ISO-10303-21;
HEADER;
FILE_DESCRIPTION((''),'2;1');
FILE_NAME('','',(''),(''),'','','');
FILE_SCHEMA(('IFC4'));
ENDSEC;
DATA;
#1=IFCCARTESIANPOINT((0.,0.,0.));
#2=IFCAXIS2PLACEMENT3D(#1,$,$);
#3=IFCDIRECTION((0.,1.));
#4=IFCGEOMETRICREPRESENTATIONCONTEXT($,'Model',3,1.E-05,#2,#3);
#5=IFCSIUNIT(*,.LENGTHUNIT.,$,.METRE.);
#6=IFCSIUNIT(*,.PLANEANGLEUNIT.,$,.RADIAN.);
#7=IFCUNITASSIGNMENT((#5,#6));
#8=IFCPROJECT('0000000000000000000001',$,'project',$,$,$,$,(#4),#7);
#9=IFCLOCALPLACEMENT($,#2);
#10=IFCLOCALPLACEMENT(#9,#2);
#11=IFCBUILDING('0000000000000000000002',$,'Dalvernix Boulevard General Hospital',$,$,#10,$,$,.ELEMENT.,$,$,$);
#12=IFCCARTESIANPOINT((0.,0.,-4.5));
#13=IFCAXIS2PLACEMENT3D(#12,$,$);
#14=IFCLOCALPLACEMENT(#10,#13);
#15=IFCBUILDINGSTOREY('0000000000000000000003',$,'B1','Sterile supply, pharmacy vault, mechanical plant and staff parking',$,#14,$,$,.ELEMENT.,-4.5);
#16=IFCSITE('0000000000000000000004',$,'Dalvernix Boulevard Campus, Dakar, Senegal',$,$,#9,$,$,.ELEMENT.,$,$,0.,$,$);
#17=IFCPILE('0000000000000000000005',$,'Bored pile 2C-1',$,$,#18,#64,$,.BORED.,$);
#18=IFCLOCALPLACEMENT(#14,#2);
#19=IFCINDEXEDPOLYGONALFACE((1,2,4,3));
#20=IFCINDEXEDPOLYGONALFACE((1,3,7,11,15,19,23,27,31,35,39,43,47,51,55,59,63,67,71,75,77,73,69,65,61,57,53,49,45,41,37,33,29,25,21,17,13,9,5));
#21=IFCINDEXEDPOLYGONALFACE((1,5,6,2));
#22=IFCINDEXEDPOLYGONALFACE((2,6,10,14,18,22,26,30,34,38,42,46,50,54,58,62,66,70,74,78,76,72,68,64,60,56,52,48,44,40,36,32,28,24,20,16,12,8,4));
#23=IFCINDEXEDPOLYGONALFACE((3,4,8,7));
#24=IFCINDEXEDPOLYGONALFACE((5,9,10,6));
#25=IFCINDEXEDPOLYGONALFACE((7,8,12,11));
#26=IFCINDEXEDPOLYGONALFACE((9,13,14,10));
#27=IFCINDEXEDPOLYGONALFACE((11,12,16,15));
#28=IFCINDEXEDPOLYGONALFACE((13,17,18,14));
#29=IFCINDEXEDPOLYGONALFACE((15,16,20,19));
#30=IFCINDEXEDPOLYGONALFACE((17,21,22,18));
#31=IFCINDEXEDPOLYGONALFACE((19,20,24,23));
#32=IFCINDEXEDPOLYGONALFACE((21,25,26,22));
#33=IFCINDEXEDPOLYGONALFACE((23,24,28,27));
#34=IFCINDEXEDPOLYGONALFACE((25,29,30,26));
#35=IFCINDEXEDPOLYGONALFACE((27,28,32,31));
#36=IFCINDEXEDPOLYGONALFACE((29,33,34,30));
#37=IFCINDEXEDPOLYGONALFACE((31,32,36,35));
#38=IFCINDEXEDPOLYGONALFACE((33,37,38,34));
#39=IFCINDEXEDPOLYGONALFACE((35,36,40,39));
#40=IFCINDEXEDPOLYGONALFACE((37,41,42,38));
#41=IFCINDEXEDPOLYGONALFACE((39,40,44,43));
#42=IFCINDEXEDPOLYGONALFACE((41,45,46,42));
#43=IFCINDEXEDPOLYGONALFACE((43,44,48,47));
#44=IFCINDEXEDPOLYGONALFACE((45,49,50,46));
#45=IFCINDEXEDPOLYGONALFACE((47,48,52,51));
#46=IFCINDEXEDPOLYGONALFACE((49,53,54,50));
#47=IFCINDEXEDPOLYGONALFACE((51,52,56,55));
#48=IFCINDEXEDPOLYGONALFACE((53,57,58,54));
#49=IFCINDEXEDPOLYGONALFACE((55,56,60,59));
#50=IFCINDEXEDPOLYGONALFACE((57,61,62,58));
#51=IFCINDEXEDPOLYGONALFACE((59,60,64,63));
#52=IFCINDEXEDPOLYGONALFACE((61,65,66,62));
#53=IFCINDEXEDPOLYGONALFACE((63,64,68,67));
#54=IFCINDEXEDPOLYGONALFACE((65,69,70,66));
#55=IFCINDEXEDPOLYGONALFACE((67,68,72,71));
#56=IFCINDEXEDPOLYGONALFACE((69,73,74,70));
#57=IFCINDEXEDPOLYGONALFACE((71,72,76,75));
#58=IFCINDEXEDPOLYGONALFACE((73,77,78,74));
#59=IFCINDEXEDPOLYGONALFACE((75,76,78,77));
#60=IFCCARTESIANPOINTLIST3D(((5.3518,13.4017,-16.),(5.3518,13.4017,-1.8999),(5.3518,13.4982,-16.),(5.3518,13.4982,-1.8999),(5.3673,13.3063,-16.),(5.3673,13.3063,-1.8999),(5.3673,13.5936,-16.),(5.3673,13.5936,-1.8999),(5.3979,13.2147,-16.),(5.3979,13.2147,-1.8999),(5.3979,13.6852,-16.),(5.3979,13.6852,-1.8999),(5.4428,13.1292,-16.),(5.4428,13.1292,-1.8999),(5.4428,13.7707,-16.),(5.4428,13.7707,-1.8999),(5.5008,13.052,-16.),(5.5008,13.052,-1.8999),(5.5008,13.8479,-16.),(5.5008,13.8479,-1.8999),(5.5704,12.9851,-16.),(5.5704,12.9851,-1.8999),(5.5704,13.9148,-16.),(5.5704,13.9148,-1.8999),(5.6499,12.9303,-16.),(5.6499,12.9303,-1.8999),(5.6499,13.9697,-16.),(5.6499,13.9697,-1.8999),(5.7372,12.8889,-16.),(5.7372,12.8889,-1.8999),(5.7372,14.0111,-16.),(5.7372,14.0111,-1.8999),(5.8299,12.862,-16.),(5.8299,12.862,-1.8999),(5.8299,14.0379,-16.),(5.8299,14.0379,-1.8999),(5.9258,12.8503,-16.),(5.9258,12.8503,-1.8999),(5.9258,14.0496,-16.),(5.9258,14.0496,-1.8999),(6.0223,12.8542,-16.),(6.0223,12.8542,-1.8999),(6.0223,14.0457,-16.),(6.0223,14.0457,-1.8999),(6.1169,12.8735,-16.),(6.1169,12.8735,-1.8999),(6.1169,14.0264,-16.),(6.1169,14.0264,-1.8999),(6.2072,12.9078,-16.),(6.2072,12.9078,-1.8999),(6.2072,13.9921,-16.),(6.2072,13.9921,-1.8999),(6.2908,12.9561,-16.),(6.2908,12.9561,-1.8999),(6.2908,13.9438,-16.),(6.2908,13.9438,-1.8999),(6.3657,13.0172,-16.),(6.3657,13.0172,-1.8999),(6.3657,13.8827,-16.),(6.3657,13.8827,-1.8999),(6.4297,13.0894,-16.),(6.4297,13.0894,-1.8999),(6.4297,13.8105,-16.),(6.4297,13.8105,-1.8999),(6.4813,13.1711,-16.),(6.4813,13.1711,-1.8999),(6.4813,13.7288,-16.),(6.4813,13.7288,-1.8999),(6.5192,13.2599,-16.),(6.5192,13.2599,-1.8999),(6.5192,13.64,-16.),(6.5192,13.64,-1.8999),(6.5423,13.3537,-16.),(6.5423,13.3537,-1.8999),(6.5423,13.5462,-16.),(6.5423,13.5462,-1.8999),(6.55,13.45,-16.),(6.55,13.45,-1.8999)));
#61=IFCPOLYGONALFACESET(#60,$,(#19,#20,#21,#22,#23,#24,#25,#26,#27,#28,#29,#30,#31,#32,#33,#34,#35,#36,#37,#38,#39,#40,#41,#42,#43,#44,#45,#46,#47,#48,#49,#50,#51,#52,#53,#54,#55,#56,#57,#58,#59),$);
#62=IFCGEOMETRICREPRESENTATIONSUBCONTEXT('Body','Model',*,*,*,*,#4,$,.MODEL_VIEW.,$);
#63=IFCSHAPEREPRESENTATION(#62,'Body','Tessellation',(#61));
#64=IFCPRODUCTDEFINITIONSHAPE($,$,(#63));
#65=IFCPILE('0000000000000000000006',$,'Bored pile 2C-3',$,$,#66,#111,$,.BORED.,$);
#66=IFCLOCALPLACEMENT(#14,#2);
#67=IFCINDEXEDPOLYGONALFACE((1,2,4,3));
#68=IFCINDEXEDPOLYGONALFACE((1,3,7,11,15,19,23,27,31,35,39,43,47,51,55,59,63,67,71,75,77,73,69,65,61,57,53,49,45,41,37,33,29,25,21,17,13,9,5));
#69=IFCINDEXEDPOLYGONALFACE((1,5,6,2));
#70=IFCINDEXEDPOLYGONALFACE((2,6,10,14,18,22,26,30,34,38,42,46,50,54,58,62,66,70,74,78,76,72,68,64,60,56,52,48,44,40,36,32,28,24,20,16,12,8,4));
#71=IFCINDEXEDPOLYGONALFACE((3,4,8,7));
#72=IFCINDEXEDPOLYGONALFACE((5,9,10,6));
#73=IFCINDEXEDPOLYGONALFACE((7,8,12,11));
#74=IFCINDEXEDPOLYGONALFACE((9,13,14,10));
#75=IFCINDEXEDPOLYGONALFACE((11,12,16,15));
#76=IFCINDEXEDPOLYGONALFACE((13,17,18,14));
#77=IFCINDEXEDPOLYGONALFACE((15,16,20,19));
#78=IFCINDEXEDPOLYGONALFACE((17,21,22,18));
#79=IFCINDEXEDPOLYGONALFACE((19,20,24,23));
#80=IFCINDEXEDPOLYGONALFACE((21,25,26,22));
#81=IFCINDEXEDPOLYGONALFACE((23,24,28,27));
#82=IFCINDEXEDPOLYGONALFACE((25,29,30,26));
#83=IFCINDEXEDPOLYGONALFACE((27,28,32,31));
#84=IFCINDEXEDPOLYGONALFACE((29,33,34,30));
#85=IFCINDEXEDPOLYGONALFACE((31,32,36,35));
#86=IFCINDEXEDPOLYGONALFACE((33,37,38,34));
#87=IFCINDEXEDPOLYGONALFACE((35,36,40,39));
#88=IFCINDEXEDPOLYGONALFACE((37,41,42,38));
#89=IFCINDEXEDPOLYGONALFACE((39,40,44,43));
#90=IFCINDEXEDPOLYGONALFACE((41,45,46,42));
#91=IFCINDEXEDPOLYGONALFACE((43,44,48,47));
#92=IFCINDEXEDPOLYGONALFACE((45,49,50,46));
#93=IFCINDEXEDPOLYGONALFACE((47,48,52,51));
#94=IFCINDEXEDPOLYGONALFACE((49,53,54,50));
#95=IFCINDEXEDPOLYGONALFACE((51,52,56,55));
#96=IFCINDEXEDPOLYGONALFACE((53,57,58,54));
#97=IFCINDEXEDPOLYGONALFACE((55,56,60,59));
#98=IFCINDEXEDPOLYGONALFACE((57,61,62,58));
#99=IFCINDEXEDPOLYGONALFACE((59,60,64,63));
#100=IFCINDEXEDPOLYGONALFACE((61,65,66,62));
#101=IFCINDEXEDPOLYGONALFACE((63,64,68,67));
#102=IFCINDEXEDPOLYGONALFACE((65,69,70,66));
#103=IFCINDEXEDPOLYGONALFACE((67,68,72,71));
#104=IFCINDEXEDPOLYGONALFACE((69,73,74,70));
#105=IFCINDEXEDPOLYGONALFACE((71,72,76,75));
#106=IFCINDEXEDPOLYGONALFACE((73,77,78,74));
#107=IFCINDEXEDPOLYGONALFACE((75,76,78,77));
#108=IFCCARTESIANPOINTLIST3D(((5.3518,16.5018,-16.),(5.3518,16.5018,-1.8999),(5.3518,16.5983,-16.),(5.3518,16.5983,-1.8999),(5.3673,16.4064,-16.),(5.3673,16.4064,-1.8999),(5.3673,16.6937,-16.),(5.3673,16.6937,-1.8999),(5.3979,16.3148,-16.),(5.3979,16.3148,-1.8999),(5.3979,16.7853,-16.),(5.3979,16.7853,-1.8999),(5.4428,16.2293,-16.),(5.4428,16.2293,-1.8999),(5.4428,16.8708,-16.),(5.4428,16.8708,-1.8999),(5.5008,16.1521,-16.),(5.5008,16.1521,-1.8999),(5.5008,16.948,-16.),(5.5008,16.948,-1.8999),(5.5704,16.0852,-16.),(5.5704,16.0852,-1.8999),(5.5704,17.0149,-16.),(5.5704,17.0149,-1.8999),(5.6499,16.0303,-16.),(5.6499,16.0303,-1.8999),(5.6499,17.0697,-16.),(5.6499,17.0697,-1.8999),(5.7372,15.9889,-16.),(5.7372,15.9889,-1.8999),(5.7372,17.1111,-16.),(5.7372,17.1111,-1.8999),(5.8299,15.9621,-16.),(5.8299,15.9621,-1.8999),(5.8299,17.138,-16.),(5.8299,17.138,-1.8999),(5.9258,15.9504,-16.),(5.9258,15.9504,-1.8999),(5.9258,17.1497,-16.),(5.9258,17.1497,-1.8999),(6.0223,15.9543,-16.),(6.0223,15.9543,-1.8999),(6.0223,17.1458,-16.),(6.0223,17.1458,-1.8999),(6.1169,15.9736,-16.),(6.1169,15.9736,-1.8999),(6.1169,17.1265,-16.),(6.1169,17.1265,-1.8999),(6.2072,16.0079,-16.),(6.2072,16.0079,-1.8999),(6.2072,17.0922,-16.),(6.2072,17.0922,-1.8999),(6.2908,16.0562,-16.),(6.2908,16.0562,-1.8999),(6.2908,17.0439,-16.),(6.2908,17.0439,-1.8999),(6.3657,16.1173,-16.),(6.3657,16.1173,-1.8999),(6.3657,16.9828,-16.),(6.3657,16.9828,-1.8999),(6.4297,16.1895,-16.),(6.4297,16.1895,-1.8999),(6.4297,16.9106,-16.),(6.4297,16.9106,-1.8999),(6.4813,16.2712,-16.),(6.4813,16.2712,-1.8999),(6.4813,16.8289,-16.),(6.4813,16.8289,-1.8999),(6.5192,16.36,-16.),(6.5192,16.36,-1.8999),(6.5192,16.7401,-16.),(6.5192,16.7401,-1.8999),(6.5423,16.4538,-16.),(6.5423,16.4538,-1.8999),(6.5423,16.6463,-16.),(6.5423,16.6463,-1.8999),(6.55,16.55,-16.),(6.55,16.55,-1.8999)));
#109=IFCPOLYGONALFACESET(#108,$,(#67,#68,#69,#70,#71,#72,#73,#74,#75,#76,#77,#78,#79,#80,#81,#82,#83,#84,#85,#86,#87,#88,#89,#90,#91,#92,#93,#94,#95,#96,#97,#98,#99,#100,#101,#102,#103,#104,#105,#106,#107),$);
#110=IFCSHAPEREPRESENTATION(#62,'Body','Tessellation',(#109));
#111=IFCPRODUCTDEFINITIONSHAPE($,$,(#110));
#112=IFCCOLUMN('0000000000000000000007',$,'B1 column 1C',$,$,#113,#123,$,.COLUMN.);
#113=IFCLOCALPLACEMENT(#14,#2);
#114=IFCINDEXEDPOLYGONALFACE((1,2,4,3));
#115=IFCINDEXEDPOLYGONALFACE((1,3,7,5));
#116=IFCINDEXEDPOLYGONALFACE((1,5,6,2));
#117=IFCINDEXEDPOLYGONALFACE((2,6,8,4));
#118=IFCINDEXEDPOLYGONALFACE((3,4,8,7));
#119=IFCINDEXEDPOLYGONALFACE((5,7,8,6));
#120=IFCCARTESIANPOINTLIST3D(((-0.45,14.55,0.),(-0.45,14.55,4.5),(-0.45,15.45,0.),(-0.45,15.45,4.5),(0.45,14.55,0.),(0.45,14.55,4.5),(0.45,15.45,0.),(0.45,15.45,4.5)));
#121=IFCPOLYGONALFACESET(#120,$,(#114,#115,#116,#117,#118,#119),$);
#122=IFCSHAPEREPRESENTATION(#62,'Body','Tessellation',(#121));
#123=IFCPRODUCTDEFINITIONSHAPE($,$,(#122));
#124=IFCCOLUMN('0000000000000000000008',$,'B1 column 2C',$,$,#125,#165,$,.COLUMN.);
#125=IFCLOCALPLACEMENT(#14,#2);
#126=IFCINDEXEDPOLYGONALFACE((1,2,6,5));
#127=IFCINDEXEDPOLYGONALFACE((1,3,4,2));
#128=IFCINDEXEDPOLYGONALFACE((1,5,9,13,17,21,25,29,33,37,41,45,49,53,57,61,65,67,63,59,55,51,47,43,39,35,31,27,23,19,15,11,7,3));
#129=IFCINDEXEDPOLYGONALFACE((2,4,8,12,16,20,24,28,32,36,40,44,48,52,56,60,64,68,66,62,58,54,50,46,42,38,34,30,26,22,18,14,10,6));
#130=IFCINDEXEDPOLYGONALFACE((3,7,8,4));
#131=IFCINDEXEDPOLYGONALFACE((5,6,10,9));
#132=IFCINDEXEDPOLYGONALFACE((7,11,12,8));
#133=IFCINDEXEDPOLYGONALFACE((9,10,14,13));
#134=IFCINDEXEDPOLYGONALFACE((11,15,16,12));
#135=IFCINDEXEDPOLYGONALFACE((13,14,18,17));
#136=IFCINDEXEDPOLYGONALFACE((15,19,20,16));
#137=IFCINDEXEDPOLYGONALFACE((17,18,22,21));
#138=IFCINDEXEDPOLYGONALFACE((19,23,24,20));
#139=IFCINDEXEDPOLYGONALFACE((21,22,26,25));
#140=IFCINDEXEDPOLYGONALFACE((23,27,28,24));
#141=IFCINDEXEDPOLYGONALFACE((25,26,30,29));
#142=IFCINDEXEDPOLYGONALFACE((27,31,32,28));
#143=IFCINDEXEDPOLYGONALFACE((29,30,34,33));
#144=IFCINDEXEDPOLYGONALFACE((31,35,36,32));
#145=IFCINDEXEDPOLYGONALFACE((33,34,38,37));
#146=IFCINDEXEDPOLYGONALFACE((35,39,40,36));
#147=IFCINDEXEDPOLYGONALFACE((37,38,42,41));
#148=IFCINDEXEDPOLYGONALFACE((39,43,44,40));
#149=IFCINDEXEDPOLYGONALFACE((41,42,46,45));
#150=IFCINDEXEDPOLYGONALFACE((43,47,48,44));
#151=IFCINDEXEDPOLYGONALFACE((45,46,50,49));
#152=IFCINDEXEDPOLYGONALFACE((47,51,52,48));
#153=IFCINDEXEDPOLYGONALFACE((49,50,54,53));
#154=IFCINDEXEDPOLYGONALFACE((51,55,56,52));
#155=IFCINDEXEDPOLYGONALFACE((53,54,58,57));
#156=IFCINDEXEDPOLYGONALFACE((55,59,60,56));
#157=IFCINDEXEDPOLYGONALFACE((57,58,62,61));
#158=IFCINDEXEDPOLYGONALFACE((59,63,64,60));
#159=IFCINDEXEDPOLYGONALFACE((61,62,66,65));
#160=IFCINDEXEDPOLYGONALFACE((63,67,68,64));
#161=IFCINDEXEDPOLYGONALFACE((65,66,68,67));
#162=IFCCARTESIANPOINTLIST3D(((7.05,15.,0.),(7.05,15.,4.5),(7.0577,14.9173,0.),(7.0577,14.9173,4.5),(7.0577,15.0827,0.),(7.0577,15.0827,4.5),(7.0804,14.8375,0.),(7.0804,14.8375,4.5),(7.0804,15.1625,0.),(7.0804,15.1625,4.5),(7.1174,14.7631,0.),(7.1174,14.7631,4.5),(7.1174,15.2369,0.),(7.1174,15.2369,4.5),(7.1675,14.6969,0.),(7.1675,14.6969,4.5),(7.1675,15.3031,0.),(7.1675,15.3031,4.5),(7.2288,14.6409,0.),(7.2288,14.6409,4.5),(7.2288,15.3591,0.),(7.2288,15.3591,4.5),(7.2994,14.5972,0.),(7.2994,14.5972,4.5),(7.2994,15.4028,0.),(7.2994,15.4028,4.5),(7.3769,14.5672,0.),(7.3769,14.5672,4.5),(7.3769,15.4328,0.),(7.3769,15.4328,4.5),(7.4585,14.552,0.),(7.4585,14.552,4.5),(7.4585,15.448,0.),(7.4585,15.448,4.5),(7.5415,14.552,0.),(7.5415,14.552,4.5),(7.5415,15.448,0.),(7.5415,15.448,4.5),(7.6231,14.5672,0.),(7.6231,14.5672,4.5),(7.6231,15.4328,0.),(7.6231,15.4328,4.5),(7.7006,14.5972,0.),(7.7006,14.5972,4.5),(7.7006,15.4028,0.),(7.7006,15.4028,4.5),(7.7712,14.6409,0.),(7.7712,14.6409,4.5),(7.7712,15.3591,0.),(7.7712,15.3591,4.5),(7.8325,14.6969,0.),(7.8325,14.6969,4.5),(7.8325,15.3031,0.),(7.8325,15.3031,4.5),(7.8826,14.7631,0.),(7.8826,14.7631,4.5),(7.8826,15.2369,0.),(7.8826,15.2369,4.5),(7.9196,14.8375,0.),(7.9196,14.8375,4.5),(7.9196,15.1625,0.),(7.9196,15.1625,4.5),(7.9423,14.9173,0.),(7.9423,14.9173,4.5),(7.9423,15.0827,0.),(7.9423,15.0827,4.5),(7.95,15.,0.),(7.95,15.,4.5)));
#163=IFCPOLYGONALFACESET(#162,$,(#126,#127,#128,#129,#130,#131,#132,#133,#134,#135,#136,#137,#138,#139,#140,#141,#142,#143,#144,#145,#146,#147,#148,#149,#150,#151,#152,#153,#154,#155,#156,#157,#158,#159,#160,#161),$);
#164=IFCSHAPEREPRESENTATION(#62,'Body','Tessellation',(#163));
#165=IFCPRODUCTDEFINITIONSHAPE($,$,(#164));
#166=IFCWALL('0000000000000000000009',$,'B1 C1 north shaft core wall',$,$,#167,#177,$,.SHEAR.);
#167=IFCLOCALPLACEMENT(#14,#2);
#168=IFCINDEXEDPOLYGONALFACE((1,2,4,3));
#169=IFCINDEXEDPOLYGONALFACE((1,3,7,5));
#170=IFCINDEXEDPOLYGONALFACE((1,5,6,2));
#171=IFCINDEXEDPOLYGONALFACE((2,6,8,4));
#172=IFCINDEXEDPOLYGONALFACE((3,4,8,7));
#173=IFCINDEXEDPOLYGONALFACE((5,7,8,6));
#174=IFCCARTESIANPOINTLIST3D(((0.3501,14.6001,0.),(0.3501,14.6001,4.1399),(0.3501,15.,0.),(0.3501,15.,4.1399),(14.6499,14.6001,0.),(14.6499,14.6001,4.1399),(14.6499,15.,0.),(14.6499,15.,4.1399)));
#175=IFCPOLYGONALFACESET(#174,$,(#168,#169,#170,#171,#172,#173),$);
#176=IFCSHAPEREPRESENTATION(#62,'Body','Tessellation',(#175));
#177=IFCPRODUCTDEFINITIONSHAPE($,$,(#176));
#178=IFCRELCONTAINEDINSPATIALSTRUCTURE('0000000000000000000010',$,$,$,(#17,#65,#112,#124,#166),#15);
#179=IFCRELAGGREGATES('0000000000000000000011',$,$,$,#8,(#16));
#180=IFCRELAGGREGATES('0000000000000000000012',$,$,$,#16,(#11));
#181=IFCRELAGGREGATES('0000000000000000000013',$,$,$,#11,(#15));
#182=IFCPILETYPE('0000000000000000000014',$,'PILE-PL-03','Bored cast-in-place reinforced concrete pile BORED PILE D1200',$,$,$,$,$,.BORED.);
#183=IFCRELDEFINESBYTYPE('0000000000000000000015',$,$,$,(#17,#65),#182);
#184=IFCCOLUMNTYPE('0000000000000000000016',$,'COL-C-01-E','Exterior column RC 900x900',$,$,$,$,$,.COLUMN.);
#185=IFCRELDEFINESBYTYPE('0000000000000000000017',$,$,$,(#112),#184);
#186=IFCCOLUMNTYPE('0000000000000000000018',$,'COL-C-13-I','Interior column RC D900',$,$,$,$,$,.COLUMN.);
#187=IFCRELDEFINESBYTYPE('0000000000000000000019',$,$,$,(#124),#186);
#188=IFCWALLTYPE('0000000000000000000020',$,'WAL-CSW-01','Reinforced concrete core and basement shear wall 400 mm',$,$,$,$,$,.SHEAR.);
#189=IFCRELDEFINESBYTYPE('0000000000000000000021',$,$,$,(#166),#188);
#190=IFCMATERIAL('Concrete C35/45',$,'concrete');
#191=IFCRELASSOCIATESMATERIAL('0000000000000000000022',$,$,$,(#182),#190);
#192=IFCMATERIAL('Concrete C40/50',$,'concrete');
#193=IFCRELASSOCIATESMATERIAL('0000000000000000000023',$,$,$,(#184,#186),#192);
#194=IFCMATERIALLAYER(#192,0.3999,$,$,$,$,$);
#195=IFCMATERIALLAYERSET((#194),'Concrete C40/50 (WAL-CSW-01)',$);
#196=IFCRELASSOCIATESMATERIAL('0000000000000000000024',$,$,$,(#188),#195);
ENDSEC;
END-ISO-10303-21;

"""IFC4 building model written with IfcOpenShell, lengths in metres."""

from ifc_helpers import new_model, si_unit, direction, frame, frame_2d, origin, origin_2d, place, context, subcontext, project, spatial, rectangle, circle, extrude, material, layer, layer_set, material_profile, profile_set, type_object, element, save


model = new_model("IFC4")

# Units and contexts
model_context = context("Model", 3, precision=1e-05, world=origin(), true_north=direction((0.0, 1.0)))
body_context = subcontext(model_context, "Body", "Model", "MODEL_VIEW")
ifc_project = project(units=[si_unit("LENGTHUNIT", "METRE"), si_unit("PLANEANGLEUNIT", "RADIAN")], contexts=[model_context])

# Site, building, storey
site_placement = place(None, origin())
site = spatial("IfcSite", under=ifc_project, at=site_placement, Name="Dalvernix Boulevard Campus, Dakar, Senegal", CompositionType="ELEMENT", RefElevation=0.0)
building_placement = place(site_placement, origin())
building = spatial("IfcBuilding", under=site, at=building_placement, Name="Dalvernix Boulevard General Hospital", CompositionType="ELEMENT")
storey_placement = place(building_placement, frame((0.0, 0.0, -4.5)))
storey = spatial("IfcBuildingStorey", under=building, at=storey_placement, Name="B1", Description="Sterile supply, pharmacy vault, mechanical plant and staff parking", CompositionType="ELEMENT", Elevation=-4.5)

# Shared definitions
ifc_material_1 = material(Name="Concrete C35/45", Category="concrete")
ifc_material_2 = material(Name="Concrete C40/50", Category="concrete")

# Piles
ifc_material_profile_1 = material_profile(ifc_material_1, circle(Radius=0.6001, at=origin_2d()), Name="BORED PILE D1200")
ifc_profile_set_1 = profile_set([ifc_material_profile_1], Name="Concrete C35/45")
pile_type = type_object("IfcPileType", Name="PILE-PL-03", Description="Bored cast-in-place reinforced concrete pile BORED PILE D1200", PredefinedType="BORED", material=ifc_profile_set_1)
for number, where, z_axis, x_axis, name in (
    (1, (5.95, 13.45, -1.8999), (0.0, 0.0, -1.0), (1.0, 0.0, 0.0), "Bored pile 2C-1"),
    (2, (5.95, 16.55, -1.8999), (0.0, 0.0, -1.0), (1.0, 0.0, 0.0), "Bored pile 2C-3"),
):
    element("IfcPile", number, at=place(storey_placement, frame(where, z_axis=z_axis, x_axis=x_axis)), inside=storey, type_object=pile_type, Name=name, PredefinedType="BORED", context=body_context, shape_type="SweptSolid", body=[
        extrude(circle(Radius=0.6001, at=origin_2d()), origin(), (0.0, 0.0, 1.0), 14.1001),
    ])

# Columns
ifc_material_profile_2 = material_profile(ifc_material_2, rectangle(XDim=0.8999, YDim=0.8999, at=origin_2d()), Name="RC 900x900")
ifc_profile_set_2 = profile_set([ifc_material_profile_2], Name="Concrete C40/50")
column_type_1 = type_object("IfcColumnType", Name="COL-C-01-E", Description="Exterior column RC 900x900", PredefinedType="COLUMN", material=ifc_profile_set_2)
column_1_placement = place(storey_placement, frame((0.0, 15.0, 0.0), z_axis=(0.0, 0.0, 1.0), x_axis=(1.0, 0.0, 0.0)))
element("IfcColumn", 3, at=column_1_placement, inside=storey, type_object=column_type_1, Name="B1 column 1C", PredefinedType="COLUMN", context=body_context, shape_type="SweptSolid", body=[
    extrude(rectangle(XDim=0.8999, YDim=0.8999, at=origin_2d()), origin(), (0.0, 0.0, 1.0), 4.5),
])
ifc_material_profile_3 = material_profile(ifc_material_2, circle(Radius=0.45, at=origin_2d()), Name="RC D900")
ifc_profile_set_3 = profile_set([ifc_material_profile_3], Name="Concrete C40/50")
column_type_2 = type_object("IfcColumnType", Name="COL-C-13-I", Description="Interior column RC D900", PredefinedType="COLUMN", material=ifc_profile_set_3)
column_2_placement = place(storey_placement, frame((7.5, 15.0, 0.0), z_axis=(0.0, 0.0, 1.0), x_axis=(1.0, 0.0, 0.0)))
element("IfcColumn", 4, at=column_2_placement, inside=storey, type_object=column_type_2, Name="B1 column 2C", PredefinedType="COLUMN", context=body_context, shape_type="SweptSolid", body=[
    extrude(circle(Radius=0.45, at=origin_2d()), origin(), (0.0, 0.0, 1.0), 4.5),
])

# Wall
ifc_layer_1 = layer(ifc_material_2, 0.3999)
ifc_layer_set_1 = layer_set([ifc_layer_1], Name="Concrete C40/50 (WAL-CSW-01)")
wall_type_1 = type_object("IfcWallType", Name="WAL-CSW-01", Description="Reinforced concrete core and basement shear wall 400 mm", PredefinedType="SHEAR", material=ifc_layer_set_1)
wall_1_placement = place(storey_placement, frame((0.3501, 14.8, 0.0), z_axis=(0.0, 0.0, 1.0), x_axis=(1.0, 0.0, 0.0)))
element("IfcWall", 5, at=wall_1_placement, inside=storey, type_object=wall_type_1, Name="B1 C1 north shaft core wall", PredefinedType="SHEAR", context=body_context, shape_type="SweptSolid", body=[
    extrude(rectangle(XDim=14.2998, YDim=0.3999, at=frame_2d((7.1499, 0.0))), origin(), (0.0, 0.0, 1.0), 4.1399),
])

save(model, "model.ifc")
